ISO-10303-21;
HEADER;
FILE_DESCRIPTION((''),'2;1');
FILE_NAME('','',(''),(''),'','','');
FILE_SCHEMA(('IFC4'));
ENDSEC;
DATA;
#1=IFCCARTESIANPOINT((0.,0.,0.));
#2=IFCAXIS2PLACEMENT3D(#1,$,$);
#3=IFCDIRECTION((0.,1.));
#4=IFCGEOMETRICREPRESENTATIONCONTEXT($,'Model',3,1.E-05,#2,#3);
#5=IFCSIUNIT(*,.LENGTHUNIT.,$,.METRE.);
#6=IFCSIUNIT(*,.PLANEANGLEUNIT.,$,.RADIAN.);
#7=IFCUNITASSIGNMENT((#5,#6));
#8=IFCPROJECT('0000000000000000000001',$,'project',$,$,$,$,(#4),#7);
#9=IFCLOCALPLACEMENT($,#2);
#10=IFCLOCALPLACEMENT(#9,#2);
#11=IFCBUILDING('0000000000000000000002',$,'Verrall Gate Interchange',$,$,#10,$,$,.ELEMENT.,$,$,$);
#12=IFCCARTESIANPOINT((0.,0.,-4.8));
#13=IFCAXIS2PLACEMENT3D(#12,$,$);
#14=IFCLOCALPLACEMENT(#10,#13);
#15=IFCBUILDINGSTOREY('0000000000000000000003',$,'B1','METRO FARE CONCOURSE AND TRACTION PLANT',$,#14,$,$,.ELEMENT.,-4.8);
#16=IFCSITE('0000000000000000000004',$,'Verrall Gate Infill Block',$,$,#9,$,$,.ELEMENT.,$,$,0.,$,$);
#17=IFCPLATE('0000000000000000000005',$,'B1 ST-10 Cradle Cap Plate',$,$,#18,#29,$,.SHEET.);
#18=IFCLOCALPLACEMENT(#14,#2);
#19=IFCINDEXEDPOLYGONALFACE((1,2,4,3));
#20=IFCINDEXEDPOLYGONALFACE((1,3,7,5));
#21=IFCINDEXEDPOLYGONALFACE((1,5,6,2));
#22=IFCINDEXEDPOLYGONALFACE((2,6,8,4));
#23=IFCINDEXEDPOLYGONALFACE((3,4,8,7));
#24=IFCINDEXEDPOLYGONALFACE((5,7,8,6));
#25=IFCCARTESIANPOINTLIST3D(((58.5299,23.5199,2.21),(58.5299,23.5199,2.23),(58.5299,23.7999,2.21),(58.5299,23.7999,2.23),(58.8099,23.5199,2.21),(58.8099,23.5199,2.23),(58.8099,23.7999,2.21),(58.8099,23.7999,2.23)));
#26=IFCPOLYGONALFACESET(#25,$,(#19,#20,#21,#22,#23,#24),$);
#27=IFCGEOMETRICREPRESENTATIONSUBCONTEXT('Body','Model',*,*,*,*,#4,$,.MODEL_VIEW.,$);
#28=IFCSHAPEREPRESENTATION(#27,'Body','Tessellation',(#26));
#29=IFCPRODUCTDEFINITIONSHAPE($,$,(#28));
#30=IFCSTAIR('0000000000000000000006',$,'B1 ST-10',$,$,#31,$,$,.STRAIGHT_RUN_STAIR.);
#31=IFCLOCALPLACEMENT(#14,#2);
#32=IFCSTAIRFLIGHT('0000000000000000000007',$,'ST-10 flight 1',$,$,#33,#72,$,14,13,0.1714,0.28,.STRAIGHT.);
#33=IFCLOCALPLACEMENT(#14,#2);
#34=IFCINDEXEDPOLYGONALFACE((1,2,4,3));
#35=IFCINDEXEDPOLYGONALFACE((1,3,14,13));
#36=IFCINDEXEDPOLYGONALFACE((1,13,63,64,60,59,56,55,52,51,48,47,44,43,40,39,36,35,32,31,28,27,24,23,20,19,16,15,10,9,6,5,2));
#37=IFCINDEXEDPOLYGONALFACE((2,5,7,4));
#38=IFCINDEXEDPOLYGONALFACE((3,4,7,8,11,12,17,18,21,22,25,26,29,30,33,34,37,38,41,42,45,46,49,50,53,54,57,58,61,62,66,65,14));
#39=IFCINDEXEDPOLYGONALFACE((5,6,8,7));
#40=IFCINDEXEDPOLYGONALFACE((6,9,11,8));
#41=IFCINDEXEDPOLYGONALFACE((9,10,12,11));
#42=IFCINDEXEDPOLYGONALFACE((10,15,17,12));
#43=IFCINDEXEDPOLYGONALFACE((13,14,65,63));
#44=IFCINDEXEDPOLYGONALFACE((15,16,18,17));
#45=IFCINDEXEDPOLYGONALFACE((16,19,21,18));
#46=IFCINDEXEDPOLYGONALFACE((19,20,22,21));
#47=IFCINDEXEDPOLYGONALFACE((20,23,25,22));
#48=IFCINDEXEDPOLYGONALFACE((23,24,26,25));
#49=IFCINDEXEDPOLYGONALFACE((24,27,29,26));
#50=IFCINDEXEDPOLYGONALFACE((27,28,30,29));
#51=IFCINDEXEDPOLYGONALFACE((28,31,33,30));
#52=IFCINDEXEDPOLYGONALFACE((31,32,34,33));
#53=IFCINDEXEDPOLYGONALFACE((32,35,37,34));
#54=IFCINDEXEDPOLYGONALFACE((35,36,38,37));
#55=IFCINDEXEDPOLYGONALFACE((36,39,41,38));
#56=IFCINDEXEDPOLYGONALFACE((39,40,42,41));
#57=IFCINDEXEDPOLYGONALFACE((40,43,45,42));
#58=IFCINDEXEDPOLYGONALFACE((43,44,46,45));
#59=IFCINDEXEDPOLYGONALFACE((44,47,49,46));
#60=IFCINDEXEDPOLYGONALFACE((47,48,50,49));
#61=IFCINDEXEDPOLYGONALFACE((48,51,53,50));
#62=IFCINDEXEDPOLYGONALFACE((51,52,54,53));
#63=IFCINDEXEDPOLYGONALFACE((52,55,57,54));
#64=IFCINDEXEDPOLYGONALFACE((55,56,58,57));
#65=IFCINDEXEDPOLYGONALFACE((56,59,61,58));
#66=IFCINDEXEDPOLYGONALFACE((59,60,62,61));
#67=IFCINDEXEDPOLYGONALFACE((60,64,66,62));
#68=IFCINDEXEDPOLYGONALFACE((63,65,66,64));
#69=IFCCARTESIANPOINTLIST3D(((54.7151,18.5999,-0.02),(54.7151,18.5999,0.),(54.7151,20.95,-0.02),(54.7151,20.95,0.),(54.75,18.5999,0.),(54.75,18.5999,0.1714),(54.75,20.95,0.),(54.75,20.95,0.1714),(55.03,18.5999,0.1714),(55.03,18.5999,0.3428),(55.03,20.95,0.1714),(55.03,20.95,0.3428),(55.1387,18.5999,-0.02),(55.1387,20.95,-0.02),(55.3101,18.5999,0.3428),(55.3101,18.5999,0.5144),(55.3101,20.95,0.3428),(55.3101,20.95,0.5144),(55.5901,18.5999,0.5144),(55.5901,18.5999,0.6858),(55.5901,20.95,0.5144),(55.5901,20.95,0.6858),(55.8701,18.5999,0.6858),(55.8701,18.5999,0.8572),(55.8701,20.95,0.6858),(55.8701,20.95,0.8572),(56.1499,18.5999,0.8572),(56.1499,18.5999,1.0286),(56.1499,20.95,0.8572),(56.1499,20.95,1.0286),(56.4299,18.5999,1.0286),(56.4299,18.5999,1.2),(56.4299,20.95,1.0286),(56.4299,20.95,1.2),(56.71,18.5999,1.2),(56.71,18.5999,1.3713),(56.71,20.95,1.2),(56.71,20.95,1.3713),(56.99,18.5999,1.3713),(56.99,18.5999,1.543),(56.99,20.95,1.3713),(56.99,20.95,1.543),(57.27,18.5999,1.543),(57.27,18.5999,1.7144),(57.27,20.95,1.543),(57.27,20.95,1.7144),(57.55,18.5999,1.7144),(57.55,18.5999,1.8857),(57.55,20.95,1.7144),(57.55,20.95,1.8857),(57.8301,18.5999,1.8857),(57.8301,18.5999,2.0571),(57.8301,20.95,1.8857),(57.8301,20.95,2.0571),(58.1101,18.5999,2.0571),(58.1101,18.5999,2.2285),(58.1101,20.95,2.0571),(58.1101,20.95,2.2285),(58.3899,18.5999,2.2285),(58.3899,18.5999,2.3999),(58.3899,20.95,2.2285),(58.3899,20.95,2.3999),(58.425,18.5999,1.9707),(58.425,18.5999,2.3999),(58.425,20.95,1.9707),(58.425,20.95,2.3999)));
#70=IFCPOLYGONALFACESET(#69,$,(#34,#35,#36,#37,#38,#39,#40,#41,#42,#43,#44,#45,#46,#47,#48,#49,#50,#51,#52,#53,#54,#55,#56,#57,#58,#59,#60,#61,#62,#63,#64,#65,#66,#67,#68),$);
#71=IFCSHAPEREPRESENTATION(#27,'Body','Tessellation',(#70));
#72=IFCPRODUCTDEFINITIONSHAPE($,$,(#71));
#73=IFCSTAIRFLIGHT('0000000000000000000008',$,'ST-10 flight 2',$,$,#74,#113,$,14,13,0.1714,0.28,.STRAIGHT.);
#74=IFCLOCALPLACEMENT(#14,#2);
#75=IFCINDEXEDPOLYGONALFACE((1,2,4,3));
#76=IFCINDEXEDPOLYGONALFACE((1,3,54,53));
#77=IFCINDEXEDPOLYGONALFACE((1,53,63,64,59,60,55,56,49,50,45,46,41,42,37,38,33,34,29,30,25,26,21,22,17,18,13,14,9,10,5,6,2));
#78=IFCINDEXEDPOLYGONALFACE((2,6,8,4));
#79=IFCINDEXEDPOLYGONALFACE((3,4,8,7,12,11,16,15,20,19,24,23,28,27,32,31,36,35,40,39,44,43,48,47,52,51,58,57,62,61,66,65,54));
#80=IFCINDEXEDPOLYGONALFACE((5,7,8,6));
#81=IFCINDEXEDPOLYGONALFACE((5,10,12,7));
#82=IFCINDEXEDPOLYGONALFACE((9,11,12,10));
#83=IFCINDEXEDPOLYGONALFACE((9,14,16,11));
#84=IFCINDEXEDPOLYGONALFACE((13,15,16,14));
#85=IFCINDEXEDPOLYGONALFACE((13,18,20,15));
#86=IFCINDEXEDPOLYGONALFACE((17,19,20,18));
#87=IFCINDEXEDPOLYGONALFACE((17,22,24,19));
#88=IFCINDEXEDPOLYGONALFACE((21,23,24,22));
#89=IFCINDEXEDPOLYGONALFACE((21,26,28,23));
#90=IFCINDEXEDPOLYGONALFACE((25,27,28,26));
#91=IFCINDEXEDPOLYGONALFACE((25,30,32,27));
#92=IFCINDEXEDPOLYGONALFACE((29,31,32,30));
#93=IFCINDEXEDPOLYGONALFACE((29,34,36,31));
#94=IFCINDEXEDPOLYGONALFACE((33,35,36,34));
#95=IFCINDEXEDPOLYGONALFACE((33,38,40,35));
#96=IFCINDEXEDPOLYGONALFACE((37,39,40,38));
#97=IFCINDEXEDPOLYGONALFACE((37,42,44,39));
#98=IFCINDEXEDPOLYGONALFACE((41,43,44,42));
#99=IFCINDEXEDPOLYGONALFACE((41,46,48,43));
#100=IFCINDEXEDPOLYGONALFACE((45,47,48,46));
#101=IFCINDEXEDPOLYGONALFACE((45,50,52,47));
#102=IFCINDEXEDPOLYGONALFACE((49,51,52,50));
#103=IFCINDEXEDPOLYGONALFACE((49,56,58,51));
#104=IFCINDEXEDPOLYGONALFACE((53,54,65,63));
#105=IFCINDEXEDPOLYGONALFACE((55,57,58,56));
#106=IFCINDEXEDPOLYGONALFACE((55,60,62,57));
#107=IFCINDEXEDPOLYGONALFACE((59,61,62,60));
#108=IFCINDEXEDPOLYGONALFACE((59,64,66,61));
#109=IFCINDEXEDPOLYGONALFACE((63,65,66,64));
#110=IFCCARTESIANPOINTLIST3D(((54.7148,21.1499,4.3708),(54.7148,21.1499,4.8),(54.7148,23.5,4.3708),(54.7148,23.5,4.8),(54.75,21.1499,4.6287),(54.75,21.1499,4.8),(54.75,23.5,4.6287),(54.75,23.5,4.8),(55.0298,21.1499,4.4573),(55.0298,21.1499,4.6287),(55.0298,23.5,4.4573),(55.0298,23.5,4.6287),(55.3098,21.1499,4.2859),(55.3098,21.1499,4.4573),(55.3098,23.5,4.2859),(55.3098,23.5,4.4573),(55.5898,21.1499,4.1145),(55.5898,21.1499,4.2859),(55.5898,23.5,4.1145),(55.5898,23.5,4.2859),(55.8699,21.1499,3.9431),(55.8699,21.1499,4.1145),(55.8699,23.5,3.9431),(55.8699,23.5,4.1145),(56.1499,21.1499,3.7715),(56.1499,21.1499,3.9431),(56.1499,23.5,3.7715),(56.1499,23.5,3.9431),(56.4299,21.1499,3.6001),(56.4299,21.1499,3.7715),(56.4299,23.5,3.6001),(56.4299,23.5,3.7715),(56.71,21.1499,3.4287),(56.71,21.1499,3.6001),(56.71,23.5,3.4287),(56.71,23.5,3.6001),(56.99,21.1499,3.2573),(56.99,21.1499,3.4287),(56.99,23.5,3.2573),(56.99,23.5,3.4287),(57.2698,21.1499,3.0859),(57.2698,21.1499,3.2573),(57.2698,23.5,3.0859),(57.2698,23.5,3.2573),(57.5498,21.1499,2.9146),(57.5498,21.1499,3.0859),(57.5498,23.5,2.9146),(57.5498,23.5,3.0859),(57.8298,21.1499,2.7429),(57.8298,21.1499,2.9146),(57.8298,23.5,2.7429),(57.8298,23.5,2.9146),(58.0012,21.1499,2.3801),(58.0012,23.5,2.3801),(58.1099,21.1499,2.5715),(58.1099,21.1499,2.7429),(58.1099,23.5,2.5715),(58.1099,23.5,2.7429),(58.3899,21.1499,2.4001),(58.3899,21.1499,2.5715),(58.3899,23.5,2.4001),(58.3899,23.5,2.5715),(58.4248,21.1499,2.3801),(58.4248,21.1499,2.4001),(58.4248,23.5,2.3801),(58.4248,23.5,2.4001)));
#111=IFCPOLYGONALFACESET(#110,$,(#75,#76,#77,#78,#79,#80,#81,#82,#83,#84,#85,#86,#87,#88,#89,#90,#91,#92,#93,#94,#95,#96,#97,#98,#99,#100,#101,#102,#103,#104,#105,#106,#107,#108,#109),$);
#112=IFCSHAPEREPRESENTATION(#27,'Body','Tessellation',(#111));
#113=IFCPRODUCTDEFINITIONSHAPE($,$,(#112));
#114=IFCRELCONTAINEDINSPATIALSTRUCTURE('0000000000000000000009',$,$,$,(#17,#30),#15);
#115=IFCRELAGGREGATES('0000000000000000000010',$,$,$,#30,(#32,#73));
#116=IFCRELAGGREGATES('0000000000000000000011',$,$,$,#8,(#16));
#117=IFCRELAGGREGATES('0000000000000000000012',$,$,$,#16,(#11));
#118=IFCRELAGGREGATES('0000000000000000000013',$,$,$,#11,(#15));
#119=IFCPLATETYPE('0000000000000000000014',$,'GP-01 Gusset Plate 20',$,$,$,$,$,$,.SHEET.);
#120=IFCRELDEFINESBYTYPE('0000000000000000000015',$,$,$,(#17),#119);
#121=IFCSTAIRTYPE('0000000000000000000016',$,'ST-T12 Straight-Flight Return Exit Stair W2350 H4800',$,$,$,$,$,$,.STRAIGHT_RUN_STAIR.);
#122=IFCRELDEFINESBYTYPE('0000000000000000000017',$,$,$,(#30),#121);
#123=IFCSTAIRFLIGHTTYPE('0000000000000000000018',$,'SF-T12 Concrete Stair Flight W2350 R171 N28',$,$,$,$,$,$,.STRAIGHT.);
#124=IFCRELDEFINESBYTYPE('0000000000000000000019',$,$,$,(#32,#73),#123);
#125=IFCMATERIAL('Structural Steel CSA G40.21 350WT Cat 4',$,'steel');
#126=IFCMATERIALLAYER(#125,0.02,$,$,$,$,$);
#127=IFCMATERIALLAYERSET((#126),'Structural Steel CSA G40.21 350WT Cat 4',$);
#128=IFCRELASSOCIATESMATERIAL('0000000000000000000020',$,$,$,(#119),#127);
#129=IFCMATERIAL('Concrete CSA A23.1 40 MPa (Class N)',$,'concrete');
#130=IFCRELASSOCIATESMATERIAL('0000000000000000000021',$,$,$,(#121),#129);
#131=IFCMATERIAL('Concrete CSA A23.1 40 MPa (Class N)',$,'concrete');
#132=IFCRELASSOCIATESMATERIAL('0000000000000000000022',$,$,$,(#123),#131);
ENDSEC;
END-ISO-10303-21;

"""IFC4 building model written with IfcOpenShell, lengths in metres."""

from ifc_helpers import new_model, si_unit, direction, frame, origin, origin_2d, place, context, subcontext, project, spatial, polyline, rectangle, outline, extrude, material, layer, layer_set, type_object, element, aggregate, save


model = new_model("IFC4")

# Units and contexts
model_context = context("Model", 3, precision=1e-05, world=origin(), true_north=direction((0.0, 1.0)))
body_context = subcontext(model_context, "Body", "Model", "MODEL_VIEW")
ifc_project = project(units=[si_unit("LENGTHUNIT", "METRE"), si_unit("PLANEANGLEUNIT", "RADIAN")], contexts=[model_context])

# Site, building, storey
site_placement = place(None, origin())
site = spatial("IfcSite", under=ifc_project, at=site_placement, Name="Verrall Gate Infill Block", CompositionType="ELEMENT", RefElevation=0.0)
building_placement = place(site_placement, origin())
building = spatial("IfcBuilding", under=site, at=building_placement, Name="Verrall Gate Interchange", CompositionType="ELEMENT")
storey_placement = place(building_placement, frame((0.0, 0.0, -4.8)))
storey = spatial("IfcBuildingStorey", under=building, at=storey_placement, Name="B1", Description="METRO FARE CONCOURSE AND TRACTION PLANT", CompositionType="ELEMENT", Elevation=-4.8)

# Plate
ifc_material_1 = material(Name="Structural Steel CSA G40.21 350WT Cat 4", Category="steel")
ifc_layer = layer(ifc_material_1, 0.02)
ifc_layer_set = layer_set([ifc_layer], Name="Structural Steel CSA G40.21 350WT Cat 4")
plate_type = type_object("IfcPlateType", Name="GP-01 Gusset Plate 20", PredefinedType="SHEET", material=ifc_layer_set)
plate_placement = place(storey_placement, frame((58.6699, 23.6599, 2.21), z_axis=(0.0, 0.0, 1.0), x_axis=(1.0, 0.0, 0.0)))
element("IfcPlate", 1, at=plate_placement, inside=storey, type_object=plate_type, Name="B1 ST-10 Cradle Cap Plate", PredefinedType="SHEET", context=body_context, shape_type="SweptSolid", body=[
    extrude(rectangle(XDim=0.28, YDim=0.28, at=origin_2d()), origin(), (0.0, 0.0, 1.0), 0.02),
])

# Stair, stair flights
ifc_material_2 = material(Name="Concrete CSA A23.1 40 MPa (Class N)", Category="concrete")
stair_type = type_object("IfcStairType", Name="ST-T12 Straight-Flight Return Exit Stair W2350 H4800", PredefinedType="STRAIGHT_RUN_STAIR", material=ifc_material_2)
stair_placement = place(storey_placement, origin())
stair = element("IfcStair", 2, at=stair_placement, inside=storey, type_object=stair_type, Name="B1 ST-10", PredefinedType="STRAIGHT_RUN_STAIR")
ifc_material_3 = material(Name="Concrete CSA A23.1 40 MPa (Class N)", Category="concrete")
stair_flight_type = type_object("IfcStairFlightType", Name="SF-T12 Concrete Stair Flight W2350 R171 N28", PredefinedType="STRAIGHT", material=ifc_material_3)
stair_flight_1_placement = place(storey_placement, frame((54.75, 19.7749, 0.0), z_axis=(0.0, 0.0, 1.0), x_axis=(1.0, 0.0, 0.0)))
stair_flight_1 = element("IfcStairFlight", 3, at=stair_flight_1_placement, type_object=stair_flight_type, Name="ST-10 flight 1", NumberOfRisers=14, NumberOfTreads=13, PredefinedType="STRAIGHT", RiserHeight=0.1714, TreadLength=0.28, context=body_context, shape_type="SweptSolid", body=[
    extrude(outline(polyline([(-0.0349, -0.02), (-0.0349, 0.0), (0.0, 0.0), (0.0, 0.1714), (0.28, 0.1714), (0.28, 0.3428), (0.5601, 0.3428), (0.5601, 0.5144), (0.8401, 0.5144), (0.8401, 0.6858), (1.1201, 0.6858), (1.1201, 0.8572), (1.3999, 0.8572), (1.3999, 1.0286), (1.6799, 1.0286), (1.6799, 1.2), (1.96, 1.2), (1.96, 1.3713), (2.24, 1.3713), (2.24, 1.543), (2.52, 1.543), (2.52, 1.7144), (2.8, 1.7144), (2.8, 1.8857), (3.0801, 1.8857), (3.0801, 2.0571), (3.3601, 2.0571), (3.3601, 2.2285), (3.6399, 2.2285), (3.6399, 2.3999), (3.675, 2.3999), (3.675, 1.9707), (0.3887, -0.02), (-0.0349, -0.02)])), frame((0.0, 1.175, 0.0), z_axis=(0.0, -1.0, 0.0), x_axis=(1.0, 0.0, 0.0)), (0.0, 0.0, 1.0), 2.3501),
])
stair_flight_2_placement = place(storey_placement, frame((58.3899, 22.325, 2.4001), z_axis=(0.0, 0.0, 1.0), x_axis=(-1.0, 0.0, 0.0)))
stair_flight_2 = element("IfcStairFlight", 4, at=stair_flight_2_placement, type_object=stair_flight_type, Name="ST-10 flight 2", NumberOfRisers=14, NumberOfTreads=13, PredefinedType="STRAIGHT", RiserHeight=0.1714, TreadLength=0.28, context=body_context, shape_type="SweptSolid", body=[
    extrude(outline(polyline([(-0.0349, -0.02), (-0.0349, 0.0), (0.0, 0.0), (0.0, 0.1714), (0.28, 0.1714), (0.28, 0.3428), (0.5601, 0.3428), (0.5601, 0.5144), (0.8401, 0.5144), (0.8401, 0.6858), (1.1201, 0.6858), (1.1201, 0.8572), (1.3999, 0.8572), (1.3999, 1.0286), (1.6799, 1.0286), (1.6799, 1.2), (1.96, 1.2), (1.96, 1.3713), (2.24, 1.3713), (2.24, 1.543), (2.52, 1.543), (2.52, 1.7144), (2.8, 1.7144), (2.8, 1.8857), (3.0801, 1.8857), (3.0801, 2.0571), (3.3601, 2.0571), (3.3601, 2.2285), (3.6399, 2.2285), (3.6399, 2.3999), (3.675, 2.3999), (3.675, 1.9707), (0.3887, -0.02), (-0.0349, -0.02)])), frame((0.0, 1.175, 0.0), z_axis=(0.0, -1.0, 0.0), x_axis=(1.0, 0.0, 0.0)), (0.0, 0.0, 1.0), 2.3501),
])
aggregate(stair, [stair_flight_1, stair_flight_2])

save(model, "model.ifc")
